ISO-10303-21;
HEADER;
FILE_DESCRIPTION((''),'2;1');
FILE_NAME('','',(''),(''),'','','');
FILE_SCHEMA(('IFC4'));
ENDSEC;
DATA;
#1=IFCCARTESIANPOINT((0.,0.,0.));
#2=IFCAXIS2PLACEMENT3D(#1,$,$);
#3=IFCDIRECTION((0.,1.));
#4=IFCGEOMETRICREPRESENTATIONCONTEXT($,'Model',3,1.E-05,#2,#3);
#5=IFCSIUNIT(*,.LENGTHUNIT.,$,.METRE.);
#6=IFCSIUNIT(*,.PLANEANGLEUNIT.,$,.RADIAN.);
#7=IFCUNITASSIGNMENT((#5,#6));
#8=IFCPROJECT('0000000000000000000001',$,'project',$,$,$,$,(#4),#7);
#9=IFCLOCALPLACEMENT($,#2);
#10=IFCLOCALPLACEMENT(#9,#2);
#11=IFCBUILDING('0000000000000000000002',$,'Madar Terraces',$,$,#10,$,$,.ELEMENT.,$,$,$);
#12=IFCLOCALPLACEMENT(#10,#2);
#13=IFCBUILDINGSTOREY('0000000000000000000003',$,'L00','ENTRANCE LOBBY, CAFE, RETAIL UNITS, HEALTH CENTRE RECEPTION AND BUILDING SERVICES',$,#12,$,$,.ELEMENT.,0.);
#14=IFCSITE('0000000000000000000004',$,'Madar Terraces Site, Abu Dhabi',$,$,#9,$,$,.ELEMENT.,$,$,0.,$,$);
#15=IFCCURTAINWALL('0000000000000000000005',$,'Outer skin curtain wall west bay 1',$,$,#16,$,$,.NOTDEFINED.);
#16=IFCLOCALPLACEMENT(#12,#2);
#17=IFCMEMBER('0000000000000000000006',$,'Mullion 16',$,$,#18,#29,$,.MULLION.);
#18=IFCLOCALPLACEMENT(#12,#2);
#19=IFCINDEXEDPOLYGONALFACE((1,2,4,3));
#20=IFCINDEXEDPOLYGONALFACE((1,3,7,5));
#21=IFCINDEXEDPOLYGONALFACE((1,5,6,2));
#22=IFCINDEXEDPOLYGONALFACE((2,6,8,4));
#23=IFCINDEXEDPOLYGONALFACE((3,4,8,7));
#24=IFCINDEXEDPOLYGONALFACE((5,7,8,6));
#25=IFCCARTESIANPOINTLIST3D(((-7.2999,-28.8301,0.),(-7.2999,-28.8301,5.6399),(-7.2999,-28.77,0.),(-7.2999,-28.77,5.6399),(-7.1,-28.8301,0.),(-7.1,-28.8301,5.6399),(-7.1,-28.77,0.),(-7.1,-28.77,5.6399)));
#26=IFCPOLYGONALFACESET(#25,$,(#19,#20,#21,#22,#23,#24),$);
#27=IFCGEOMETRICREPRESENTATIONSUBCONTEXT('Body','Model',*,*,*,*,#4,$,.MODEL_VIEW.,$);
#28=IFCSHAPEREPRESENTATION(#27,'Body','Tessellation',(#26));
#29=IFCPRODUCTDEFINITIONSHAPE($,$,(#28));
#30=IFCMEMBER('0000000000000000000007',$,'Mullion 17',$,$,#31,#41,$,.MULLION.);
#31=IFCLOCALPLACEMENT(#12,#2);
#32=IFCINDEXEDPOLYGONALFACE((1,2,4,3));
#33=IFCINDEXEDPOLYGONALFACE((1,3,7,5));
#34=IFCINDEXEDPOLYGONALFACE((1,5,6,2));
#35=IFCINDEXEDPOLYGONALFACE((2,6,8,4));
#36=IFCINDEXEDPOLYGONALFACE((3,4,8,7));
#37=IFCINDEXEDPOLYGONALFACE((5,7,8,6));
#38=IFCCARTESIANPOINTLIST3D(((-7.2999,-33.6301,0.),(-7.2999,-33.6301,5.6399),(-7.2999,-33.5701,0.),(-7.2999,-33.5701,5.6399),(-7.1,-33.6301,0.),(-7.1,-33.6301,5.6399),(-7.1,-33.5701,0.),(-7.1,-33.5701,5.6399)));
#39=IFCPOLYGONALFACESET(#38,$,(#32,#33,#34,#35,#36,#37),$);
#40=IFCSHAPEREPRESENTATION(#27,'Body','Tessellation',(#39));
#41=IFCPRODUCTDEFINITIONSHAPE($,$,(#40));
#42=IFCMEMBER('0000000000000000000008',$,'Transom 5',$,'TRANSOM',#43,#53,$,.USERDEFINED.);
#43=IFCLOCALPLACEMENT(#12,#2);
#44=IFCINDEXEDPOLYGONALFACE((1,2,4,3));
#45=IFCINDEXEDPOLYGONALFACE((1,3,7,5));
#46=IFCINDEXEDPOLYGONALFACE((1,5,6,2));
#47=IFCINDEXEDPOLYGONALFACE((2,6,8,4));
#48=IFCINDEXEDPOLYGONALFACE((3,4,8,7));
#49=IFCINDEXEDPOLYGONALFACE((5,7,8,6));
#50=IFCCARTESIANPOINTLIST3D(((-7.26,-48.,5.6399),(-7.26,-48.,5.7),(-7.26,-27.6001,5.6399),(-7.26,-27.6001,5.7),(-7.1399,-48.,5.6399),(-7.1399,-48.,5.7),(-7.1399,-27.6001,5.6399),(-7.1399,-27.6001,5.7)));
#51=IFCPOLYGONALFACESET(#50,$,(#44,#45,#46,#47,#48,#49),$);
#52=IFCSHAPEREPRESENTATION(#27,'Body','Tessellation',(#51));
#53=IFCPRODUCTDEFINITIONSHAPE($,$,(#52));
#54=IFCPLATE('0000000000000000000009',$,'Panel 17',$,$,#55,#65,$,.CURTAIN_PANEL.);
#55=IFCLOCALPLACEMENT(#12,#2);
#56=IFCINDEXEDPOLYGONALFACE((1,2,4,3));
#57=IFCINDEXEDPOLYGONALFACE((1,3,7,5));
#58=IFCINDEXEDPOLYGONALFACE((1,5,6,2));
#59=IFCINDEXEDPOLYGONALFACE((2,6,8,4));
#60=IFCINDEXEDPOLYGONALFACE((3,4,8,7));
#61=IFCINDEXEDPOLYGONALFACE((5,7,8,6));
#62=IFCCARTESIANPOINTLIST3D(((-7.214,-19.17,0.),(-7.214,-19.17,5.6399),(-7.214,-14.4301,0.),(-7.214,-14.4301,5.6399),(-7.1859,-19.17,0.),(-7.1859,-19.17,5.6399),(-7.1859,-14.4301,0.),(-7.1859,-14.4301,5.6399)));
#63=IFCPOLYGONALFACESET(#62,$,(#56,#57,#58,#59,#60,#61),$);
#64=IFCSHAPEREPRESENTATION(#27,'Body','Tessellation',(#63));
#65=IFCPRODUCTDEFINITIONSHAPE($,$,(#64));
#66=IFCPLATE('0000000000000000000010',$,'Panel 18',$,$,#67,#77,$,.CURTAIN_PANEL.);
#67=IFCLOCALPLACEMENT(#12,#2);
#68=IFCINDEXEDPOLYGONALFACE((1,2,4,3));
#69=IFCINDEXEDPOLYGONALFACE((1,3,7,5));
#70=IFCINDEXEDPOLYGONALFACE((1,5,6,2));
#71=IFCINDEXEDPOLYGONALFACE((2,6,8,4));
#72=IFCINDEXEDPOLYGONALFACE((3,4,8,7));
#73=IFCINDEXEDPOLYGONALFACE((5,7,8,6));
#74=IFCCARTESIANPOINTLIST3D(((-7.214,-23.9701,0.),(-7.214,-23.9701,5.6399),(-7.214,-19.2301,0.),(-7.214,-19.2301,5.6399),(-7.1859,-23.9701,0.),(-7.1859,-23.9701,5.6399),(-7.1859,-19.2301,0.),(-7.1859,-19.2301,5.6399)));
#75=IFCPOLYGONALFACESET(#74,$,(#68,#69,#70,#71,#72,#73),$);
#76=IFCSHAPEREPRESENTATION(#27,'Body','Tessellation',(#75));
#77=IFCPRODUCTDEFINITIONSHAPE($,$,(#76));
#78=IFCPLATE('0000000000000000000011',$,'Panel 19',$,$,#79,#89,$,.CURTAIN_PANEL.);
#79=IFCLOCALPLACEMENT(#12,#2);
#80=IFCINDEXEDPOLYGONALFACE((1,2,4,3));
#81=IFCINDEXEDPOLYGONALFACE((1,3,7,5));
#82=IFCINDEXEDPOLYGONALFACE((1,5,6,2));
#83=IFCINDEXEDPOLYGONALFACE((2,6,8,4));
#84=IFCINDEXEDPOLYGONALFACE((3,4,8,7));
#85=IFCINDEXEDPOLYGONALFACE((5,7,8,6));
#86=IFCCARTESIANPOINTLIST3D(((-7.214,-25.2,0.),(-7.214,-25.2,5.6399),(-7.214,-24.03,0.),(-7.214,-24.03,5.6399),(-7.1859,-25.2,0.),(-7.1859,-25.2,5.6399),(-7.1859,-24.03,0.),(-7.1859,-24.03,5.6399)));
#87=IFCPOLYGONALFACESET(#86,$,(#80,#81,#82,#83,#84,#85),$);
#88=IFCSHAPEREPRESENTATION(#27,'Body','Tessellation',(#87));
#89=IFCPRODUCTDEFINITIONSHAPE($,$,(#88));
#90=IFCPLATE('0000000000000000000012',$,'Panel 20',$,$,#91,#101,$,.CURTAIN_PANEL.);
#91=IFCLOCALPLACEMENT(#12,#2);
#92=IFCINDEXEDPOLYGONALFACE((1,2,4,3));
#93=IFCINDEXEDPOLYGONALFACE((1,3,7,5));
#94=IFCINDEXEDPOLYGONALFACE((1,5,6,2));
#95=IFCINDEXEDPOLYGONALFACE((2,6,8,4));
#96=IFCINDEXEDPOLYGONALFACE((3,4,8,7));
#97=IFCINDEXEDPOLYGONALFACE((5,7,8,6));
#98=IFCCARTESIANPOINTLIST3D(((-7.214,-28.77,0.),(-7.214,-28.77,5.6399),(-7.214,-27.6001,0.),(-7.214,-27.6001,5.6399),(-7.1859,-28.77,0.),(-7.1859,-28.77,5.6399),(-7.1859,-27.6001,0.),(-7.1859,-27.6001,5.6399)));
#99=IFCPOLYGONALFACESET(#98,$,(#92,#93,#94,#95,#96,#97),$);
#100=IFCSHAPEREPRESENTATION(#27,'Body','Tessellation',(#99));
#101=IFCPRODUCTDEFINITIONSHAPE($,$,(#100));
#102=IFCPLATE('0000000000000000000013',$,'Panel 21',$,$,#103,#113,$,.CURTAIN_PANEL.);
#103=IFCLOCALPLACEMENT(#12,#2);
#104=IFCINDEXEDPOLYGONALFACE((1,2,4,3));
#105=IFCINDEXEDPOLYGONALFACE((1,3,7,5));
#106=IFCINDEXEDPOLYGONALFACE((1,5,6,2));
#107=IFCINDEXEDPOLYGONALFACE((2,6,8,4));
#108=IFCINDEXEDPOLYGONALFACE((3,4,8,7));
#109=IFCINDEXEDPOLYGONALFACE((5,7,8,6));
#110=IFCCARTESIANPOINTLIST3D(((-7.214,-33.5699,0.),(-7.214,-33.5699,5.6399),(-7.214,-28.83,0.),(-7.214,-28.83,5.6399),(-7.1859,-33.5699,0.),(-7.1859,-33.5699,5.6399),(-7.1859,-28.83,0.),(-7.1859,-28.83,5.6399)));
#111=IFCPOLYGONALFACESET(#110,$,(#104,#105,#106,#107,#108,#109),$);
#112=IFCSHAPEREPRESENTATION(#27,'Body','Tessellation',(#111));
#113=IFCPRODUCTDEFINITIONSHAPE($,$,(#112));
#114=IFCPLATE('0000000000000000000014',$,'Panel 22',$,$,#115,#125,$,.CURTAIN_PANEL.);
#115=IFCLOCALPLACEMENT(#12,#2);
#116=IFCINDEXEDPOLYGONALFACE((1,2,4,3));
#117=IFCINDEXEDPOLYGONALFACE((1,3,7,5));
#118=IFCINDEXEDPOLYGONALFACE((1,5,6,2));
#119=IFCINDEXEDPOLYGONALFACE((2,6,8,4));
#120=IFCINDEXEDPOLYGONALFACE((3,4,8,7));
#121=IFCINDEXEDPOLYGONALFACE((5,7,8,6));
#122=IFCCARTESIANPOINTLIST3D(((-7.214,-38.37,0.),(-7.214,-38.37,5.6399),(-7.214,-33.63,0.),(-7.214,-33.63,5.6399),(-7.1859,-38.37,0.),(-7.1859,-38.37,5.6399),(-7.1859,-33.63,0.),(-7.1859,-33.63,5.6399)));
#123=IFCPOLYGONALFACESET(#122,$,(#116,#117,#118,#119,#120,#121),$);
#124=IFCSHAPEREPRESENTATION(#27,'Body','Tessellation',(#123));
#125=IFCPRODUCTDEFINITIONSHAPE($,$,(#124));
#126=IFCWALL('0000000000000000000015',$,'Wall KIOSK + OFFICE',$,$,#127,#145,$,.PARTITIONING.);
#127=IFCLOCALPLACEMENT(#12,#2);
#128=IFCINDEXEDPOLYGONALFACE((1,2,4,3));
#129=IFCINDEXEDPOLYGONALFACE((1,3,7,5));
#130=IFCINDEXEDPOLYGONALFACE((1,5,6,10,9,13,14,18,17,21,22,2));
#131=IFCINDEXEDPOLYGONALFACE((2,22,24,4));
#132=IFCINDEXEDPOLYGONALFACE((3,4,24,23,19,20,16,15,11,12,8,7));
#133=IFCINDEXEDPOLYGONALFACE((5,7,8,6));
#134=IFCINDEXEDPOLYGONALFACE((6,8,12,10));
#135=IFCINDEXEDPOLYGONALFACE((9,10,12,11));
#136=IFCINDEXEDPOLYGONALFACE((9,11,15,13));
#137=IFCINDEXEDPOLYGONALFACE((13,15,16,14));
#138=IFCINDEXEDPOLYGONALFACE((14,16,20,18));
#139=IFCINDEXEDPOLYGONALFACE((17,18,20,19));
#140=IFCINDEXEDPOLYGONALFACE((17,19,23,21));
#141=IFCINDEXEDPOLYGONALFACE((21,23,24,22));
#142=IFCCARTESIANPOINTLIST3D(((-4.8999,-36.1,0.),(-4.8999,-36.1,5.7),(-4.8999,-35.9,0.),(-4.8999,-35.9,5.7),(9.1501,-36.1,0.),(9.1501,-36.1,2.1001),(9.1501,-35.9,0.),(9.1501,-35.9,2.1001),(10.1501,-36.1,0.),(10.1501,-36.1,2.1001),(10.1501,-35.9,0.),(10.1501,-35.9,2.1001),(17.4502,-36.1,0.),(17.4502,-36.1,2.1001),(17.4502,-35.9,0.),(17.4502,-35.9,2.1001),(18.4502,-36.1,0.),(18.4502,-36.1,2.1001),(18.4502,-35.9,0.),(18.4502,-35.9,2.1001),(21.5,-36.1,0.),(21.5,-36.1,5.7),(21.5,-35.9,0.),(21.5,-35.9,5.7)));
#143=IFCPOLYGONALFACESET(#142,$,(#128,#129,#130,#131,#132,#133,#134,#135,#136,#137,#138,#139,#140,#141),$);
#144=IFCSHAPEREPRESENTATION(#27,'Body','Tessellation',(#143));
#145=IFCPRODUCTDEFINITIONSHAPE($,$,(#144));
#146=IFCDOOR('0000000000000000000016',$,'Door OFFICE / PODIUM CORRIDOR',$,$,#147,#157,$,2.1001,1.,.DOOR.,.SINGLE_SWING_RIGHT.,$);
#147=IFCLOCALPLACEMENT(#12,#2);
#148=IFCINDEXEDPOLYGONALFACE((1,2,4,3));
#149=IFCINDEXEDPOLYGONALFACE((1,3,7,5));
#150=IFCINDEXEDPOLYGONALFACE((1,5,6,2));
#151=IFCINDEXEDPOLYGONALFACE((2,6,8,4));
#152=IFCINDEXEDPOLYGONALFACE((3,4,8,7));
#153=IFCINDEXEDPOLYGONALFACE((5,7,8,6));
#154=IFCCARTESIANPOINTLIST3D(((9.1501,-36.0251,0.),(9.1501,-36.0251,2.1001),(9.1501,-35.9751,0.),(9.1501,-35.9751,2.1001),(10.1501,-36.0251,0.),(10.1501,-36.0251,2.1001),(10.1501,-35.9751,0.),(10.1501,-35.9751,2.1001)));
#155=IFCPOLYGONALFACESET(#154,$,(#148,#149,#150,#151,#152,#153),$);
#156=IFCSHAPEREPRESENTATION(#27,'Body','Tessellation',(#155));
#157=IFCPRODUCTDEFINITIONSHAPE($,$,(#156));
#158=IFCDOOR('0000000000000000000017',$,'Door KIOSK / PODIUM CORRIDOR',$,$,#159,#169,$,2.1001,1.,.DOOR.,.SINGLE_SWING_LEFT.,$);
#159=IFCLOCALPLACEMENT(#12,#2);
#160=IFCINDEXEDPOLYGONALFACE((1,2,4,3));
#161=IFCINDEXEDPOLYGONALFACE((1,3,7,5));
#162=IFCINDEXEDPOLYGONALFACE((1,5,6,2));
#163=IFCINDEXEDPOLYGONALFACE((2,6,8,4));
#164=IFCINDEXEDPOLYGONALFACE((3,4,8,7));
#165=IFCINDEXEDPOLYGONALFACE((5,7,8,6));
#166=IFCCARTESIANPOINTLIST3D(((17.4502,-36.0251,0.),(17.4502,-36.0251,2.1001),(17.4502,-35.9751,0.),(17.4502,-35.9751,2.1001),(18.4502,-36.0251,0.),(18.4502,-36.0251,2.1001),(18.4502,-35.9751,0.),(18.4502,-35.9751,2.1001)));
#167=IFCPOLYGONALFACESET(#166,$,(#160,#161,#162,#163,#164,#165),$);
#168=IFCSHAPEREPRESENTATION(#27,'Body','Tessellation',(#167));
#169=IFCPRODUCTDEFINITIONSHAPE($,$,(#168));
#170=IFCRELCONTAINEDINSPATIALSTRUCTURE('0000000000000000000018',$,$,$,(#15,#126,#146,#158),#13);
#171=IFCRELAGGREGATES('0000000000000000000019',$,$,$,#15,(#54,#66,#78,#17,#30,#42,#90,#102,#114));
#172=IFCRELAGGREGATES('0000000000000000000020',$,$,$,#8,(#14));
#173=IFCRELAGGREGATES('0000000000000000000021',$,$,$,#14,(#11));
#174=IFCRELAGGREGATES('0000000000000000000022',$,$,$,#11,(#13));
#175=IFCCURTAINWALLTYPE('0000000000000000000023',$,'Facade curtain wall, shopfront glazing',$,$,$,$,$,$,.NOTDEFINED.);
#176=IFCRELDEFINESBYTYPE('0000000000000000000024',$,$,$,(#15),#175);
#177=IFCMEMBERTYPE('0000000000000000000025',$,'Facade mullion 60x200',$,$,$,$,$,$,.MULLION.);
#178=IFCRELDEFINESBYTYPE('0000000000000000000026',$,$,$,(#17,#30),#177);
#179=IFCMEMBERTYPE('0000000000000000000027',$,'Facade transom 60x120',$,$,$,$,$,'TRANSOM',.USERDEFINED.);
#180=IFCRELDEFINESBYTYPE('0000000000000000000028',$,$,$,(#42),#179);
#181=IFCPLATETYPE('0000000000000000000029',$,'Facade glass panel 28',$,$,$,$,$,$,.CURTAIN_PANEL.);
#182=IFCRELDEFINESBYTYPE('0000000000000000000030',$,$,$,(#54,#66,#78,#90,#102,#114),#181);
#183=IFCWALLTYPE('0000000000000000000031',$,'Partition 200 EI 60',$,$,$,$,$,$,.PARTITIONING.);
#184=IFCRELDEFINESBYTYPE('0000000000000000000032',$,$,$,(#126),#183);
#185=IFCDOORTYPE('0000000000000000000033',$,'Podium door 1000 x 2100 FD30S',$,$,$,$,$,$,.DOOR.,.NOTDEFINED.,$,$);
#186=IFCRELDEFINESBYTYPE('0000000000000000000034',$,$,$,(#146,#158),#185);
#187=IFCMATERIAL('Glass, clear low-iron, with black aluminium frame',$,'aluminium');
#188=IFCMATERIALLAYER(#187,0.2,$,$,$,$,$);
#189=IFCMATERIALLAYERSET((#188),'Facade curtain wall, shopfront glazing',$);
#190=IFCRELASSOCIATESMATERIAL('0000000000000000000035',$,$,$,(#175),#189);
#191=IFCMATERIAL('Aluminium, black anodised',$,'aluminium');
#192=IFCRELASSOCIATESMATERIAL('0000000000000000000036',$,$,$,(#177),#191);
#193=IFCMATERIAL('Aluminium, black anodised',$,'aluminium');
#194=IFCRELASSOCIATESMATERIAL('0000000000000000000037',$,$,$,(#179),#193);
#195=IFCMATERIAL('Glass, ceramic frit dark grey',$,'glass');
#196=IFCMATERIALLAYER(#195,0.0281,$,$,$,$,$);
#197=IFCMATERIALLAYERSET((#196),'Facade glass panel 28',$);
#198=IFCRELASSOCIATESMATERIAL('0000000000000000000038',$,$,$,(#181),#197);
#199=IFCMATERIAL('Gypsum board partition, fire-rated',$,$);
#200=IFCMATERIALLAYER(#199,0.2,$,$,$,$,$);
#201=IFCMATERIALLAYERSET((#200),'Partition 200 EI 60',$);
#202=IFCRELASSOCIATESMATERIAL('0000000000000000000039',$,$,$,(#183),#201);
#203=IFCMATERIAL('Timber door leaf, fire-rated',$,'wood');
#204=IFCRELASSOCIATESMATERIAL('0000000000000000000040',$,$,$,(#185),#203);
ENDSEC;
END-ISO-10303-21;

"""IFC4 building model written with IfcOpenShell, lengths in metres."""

from ifc_helpers import new_model, si_unit, direction, frame, frame_2d, origin, origin_2d, place, context, subcontext, project, spatial, rectangle, extrude, material, layer, layer_set, material_profile, profile_set, type_object, element, fill, aggregate, save


model = new_model("IFC4")

# Units and contexts
model_context = context("Model", 3, precision=1e-05, world=origin(), true_north=direction((0.0, 1.0)))
body_context = subcontext(model_context, "Body", "Model", "MODEL_VIEW")
ifc_project = project(units=[si_unit("LENGTHUNIT", "METRE"), si_unit("PLANEANGLEUNIT", "RADIAN")], contexts=[model_context])

# Site, building, storey
site_placement = place(None, origin())
site = spatial("IfcSite", under=ifc_project, at=site_placement, Name="Madar Terraces Site, Abu Dhabi", CompositionType="ELEMENT", RefElevation=0.0)
building_placement = place(site_placement, origin())
building = spatial("IfcBuilding", under=site, at=building_placement, Name="Madar Terraces", CompositionType="ELEMENT")
storey_placement = place(building_placement, origin())
storey = spatial("IfcBuildingStorey", under=building, at=storey_placement, Name="L00", Description="ENTRANCE LOBBY, CAFE, RETAIL UNITS, HEALTH CENTRE RECEPTION AND BUILDING SERVICES", CompositionType="ELEMENT", Elevation=0.0)

# Curtain wall, members, plates
ifc_material_1 = material(Name="Glass, clear low-iron, with black aluminium frame", Category="aluminium")
ifc_layer_1 = layer(ifc_material_1, 0.2)
ifc_layer_set_1 = layer_set([ifc_layer_1], Name="Facade curtain wall, shopfront glazing")
curtain_wall_type = type_object("IfcCurtainWallType", Name="Facade curtain wall, shopfront glazing", PredefinedType="NOTDEFINED", material=ifc_layer_set_1)
curtain_wall_placement = place(storey_placement, origin())
curtain_wall = element("IfcCurtainWall", 1, at=curtain_wall_placement, inside=storey, type_object=curtain_wall_type, Name="Outer skin curtain wall west bay 1", PredefinedType="NOTDEFINED")
ifc_material_2 = material(Name="Aluminium, black anodised", Category="aluminium")
ifc_material_profile_1 = material_profile(ifc_material_2, rectangle(XDim=0.2, YDim=0.0601, at=origin_2d()), Name="Facade mullion 60x200")
ifc_profile_set_1 = profile_set([ifc_material_profile_1], Name="Aluminium, black anodised")
member_type_1 = type_object("IfcMemberType", Name="Facade mullion 60x200", PredefinedType="MULLION", material=ifc_profile_set_1)
member_1_placement = place(storey_placement, frame((-7.2, -28.8, 0.0), z_axis=(0.0, 0.0, 1.0), x_axis=(1.0, 0.0, 0.0)))
member_1 = element("IfcMember", 2, at=member_1_placement, type_object=member_type_1, Name="Mullion 16", PredefinedType="MULLION", context=body_context, shape_type="SweptSolid", body=[
    extrude(rectangle(XDim=0.2, YDim=0.0601, at=origin_2d()), origin(), (0.0, 0.0, 1.0), 5.6399),
])
member_2_placement = place(storey_placement, frame((-7.2, -33.6001, 0.0), z_axis=(0.0, 0.0, 1.0), x_axis=(1.0, 0.0, 0.0)))
member_2 = element("IfcMember", 3, at=member_2_placement, type_object=member_type_1, Name="Mullion 17", PredefinedType="MULLION", context=body_context, shape_type="SweptSolid", body=[
    extrude(rectangle(XDim=0.2, YDim=0.0601, at=origin_2d()), origin(), (0.0, 0.0, 1.0), 5.6399),
])
ifc_material_3 = material(Name="Aluminium, black anodised", Category="aluminium")
ifc_material_profile_2 = material_profile(ifc_material_3, rectangle(XDim=0.1201, YDim=0.0601, at=origin_2d()), Name="Facade transom 60x120")
ifc_profile_set_2 = profile_set([ifc_material_profile_2], Name="Aluminium, black anodised")
member_type_2 = type_object("IfcMemberType", Name="Facade transom 60x120", ElementType="TRANSOM", PredefinedType="USERDEFINED", material=ifc_profile_set_2)
member_3_placement = place(storey_placement, frame((-7.2, -27.6001, 5.6699), z_axis=(0.0, -1.0, 0.0), x_axis=(1.0, 0.0, 0.0)))
member_3 = element("IfcMember", 4, at=member_3_placement, type_object=member_type_2, Name="Transom 5", ObjectType="TRANSOM", PredefinedType="USERDEFINED", context=body_context, shape_type="SweptSolid", body=[
    extrude(rectangle(XDim=0.1201, YDim=0.0601, at=origin_2d()), origin(), (0.0, 0.0, 1.0), 20.3999),
])
ifc_material_4 = material(Name="Glass, ceramic frit dark grey", Category="glass")
ifc_layer_2 = layer(ifc_material_4, 0.0281)
ifc_layer_set_2 = layer_set([ifc_layer_2], Name="Facade glass panel 28")
plate_type = type_object("IfcPlateType", Name="Facade glass panel 28", PredefinedType="CURTAIN_PANEL", material=ifc_layer_set_2)
plate_1_placement = place(storey_placement, frame((-7.2, -16.8, 0.0), z_axis=(0.0, 0.0, 1.0), x_axis=(0.0, -1.0, 0.0)))
plate_1 = element("IfcPlate", 5, at=plate_1_placement, type_object=plate_type, Name="Panel 17", PredefinedType="CURTAIN_PANEL", context=body_context, shape_type="SweptSolid", body=[
    extrude(rectangle(XDim=4.74, YDim=0.0281, at=origin_2d()), origin(), (0.0, 0.0, 1.0), 5.6399),
])
plate_2_placement = place(storey_placement, frame((-7.2, -21.6001, 0.0), z_axis=(0.0, 0.0, 1.0), x_axis=(0.0, -1.0, 0.0)))
plate_2 = element("IfcPlate", 6, at=plate_2_placement, type_object=plate_type, Name="Panel 18", PredefinedType="CURTAIN_PANEL", context=body_context, shape_type="SweptSolid", body=[
    extrude(rectangle(XDim=4.74, YDim=0.0281, at=origin_2d()), origin(), (0.0, 0.0, 1.0), 5.6399),
])
plate_3_placement = place(storey_placement, frame((-7.2, -24.615, 0.0), z_axis=(0.0, 0.0, 1.0), x_axis=(0.0, -1.0, 0.0)))
plate_3 = element("IfcPlate", 7, at=plate_3_placement, type_object=plate_type, Name="Panel 19", PredefinedType="CURTAIN_PANEL", context=body_context, shape_type="SweptSolid", body=[
    extrude(rectangle(XDim=1.1699, YDim=0.0281, at=origin_2d()), origin(), (0.0, 0.0, 1.0), 5.6399),
])
plate_4_placement = place(storey_placement, frame((-7.2, -28.1851, 0.0), z_axis=(0.0, 0.0, 1.0), x_axis=(0.0, -1.0, 0.0)))
plate_4 = element("IfcPlate", 8, at=plate_4_placement, type_object=plate_type, Name="Panel 20", PredefinedType="CURTAIN_PANEL", context=body_context, shape_type="SweptSolid", body=[
    extrude(rectangle(XDim=1.1699, YDim=0.0281, at=origin_2d()), origin(), (0.0, 0.0, 1.0), 5.6399),
])
plate_5_placement = place(storey_placement, frame((-7.2, -31.2, 0.0), z_axis=(0.0, 0.0, 1.0), x_axis=(0.0, -1.0, 0.0)))
plate_5 = element("IfcPlate", 9, at=plate_5_placement, type_object=plate_type, Name="Panel 21", PredefinedType="CURTAIN_PANEL", context=body_context, shape_type="SweptSolid", body=[
    extrude(rectangle(XDim=4.74, YDim=0.0281, at=origin_2d()), origin(), (0.0, 0.0, 1.0), 5.6399),
])
plate_6_placement = place(storey_placement, frame((-7.2, -36.0, 0.0), z_axis=(0.0, 0.0, 1.0), x_axis=(0.0, -1.0, 0.0)))
plate_6 = element("IfcPlate", 10, at=plate_6_placement, type_object=plate_type, Name="Panel 22", PredefinedType="CURTAIN_PANEL", context=body_context, shape_type="SweptSolid", body=[
    extrude(rectangle(XDim=4.74, YDim=0.0281, at=origin_2d()), origin(), (0.0, 0.0, 1.0), 5.6399),
])
aggregate(curtain_wall, [plate_1, plate_2, plate_3, member_1, member_2, member_3, plate_4, plate_5, plate_6])

# Wall, openings, doors
ifc_material_5 = material(Name="Gypsum board partition, fire-rated")
ifc_layer_3 = layer(ifc_material_5, 0.2)
ifc_layer_set_3 = layer_set([ifc_layer_3], Name="Partition 200 EI 60")
wall_type_1 = type_object("IfcWallType", Name="Partition 200 EI 60", PredefinedType="PARTITIONING", material=ifc_layer_set_3)
wall_1_placement = place(storey_placement, frame((-4.8999, -36.0, 0.0), z_axis=(0.0, 0.0, 1.0), x_axis=(1.0, 0.0, 0.0)))
wall_1 = element("IfcWall", 11, at=wall_1_placement, inside=storey, type_object=wall_type_1, Name="Wall KIOSK + OFFICE", PredefinedType="PARTITIONING", context=body_context, shape_type="SweptSolid", body=[
    extrude(rectangle(XDim=26.3999, YDim=0.2, at=frame_2d((13.2, 0.0))), origin(), (0.0, 0.0, 1.0), 5.7),
])
opening_1_placement = place(wall_1_placement, frame((14.05, 0.0, 0.0)))
opening_1 = element("IfcOpeningElement", 12, at=opening_1_placement, cuts=wall_1, PredefinedType="OPENING", context=body_context, shape_type="SweptSolid", body=[
    extrude(rectangle(XDim=1.0, YDim=2.1001, at=frame_2d((0.5, 1.05))), frame((0.0, 0.1099, 0.0), z_axis=(0.0, -1.0, 0.0), x_axis=(1.0, 0.0, 0.0)), (0.0, 0.0, 1.0), 0.22),
])
opening_2_placement = place(wall_1_placement, frame((22.3501, 0.0, 0.0)))
opening_2 = element("IfcOpeningElement", 13, at=opening_2_placement, cuts=wall_1, PredefinedType="OPENING", context=body_context, shape_type="SweptSolid", body=[
    extrude(rectangle(XDim=1.0, YDim=2.1001, at=frame_2d((0.5, 1.05))), frame((0.0, 0.1099, 0.0), z_axis=(0.0, -1.0, 0.0), x_axis=(1.0, 0.0, 0.0)), (0.0, 0.0, 1.0), 0.22),
])
ifc_material_6 = material(Name="Timber door leaf, fire-rated", Category="wood")
door_type_1 = type_object("IfcDoorType", Name="Podium door 1000 x 2100 FD30S", OperationType="NOTDEFINED", PredefinedType="DOOR", material=ifc_material_6)
door_1_placement = place(opening_1_placement, origin())
door_1 = element("IfcDoor", 14, at=door_1_placement, inside=storey, type_object=door_type_1, Name="Door OFFICE / PODIUM CORRIDOR", OperationType="SINGLE_SWING_RIGHT", OverallHeight=2.1001, OverallWidth=1.0, PredefinedType="DOOR", context=body_context, shape_type="SweptSolid", body=[
    extrude(rectangle(XDim=1.0, YDim=2.1001, at=frame_2d((0.5, 1.05))), frame((0.0, 0.0249, 0.0), z_axis=(0.0, -1.0, 0.0), x_axis=(1.0, 0.0, 0.0)), (0.0, 0.0, 1.0), 0.05),
])
fill(opening_1, door_1)
door_2_placement = place(opening_2_placement, origin())
door_2 = element("IfcDoor", 15, at=door_2_placement, inside=storey, type_object=door_type_1, Name="Door KIOSK / PODIUM CORRIDOR", OperationType="SINGLE_SWING_LEFT", OverallHeight=2.1001, OverallWidth=1.0, PredefinedType="DOOR", context=body_context, shape_type="SweptSolid", body=[
    extrude(rectangle(XDim=1.0, YDim=2.1001, at=frame_2d((0.5, 1.05))), frame((0.0, 0.0249, 0.0), z_axis=(0.0, -1.0, 0.0), x_axis=(1.0, 0.0, 0.0)), (0.0, 0.0, 1.0), 0.05),
])
fill(opening_2, door_2)

save(model, "model.ifc")
